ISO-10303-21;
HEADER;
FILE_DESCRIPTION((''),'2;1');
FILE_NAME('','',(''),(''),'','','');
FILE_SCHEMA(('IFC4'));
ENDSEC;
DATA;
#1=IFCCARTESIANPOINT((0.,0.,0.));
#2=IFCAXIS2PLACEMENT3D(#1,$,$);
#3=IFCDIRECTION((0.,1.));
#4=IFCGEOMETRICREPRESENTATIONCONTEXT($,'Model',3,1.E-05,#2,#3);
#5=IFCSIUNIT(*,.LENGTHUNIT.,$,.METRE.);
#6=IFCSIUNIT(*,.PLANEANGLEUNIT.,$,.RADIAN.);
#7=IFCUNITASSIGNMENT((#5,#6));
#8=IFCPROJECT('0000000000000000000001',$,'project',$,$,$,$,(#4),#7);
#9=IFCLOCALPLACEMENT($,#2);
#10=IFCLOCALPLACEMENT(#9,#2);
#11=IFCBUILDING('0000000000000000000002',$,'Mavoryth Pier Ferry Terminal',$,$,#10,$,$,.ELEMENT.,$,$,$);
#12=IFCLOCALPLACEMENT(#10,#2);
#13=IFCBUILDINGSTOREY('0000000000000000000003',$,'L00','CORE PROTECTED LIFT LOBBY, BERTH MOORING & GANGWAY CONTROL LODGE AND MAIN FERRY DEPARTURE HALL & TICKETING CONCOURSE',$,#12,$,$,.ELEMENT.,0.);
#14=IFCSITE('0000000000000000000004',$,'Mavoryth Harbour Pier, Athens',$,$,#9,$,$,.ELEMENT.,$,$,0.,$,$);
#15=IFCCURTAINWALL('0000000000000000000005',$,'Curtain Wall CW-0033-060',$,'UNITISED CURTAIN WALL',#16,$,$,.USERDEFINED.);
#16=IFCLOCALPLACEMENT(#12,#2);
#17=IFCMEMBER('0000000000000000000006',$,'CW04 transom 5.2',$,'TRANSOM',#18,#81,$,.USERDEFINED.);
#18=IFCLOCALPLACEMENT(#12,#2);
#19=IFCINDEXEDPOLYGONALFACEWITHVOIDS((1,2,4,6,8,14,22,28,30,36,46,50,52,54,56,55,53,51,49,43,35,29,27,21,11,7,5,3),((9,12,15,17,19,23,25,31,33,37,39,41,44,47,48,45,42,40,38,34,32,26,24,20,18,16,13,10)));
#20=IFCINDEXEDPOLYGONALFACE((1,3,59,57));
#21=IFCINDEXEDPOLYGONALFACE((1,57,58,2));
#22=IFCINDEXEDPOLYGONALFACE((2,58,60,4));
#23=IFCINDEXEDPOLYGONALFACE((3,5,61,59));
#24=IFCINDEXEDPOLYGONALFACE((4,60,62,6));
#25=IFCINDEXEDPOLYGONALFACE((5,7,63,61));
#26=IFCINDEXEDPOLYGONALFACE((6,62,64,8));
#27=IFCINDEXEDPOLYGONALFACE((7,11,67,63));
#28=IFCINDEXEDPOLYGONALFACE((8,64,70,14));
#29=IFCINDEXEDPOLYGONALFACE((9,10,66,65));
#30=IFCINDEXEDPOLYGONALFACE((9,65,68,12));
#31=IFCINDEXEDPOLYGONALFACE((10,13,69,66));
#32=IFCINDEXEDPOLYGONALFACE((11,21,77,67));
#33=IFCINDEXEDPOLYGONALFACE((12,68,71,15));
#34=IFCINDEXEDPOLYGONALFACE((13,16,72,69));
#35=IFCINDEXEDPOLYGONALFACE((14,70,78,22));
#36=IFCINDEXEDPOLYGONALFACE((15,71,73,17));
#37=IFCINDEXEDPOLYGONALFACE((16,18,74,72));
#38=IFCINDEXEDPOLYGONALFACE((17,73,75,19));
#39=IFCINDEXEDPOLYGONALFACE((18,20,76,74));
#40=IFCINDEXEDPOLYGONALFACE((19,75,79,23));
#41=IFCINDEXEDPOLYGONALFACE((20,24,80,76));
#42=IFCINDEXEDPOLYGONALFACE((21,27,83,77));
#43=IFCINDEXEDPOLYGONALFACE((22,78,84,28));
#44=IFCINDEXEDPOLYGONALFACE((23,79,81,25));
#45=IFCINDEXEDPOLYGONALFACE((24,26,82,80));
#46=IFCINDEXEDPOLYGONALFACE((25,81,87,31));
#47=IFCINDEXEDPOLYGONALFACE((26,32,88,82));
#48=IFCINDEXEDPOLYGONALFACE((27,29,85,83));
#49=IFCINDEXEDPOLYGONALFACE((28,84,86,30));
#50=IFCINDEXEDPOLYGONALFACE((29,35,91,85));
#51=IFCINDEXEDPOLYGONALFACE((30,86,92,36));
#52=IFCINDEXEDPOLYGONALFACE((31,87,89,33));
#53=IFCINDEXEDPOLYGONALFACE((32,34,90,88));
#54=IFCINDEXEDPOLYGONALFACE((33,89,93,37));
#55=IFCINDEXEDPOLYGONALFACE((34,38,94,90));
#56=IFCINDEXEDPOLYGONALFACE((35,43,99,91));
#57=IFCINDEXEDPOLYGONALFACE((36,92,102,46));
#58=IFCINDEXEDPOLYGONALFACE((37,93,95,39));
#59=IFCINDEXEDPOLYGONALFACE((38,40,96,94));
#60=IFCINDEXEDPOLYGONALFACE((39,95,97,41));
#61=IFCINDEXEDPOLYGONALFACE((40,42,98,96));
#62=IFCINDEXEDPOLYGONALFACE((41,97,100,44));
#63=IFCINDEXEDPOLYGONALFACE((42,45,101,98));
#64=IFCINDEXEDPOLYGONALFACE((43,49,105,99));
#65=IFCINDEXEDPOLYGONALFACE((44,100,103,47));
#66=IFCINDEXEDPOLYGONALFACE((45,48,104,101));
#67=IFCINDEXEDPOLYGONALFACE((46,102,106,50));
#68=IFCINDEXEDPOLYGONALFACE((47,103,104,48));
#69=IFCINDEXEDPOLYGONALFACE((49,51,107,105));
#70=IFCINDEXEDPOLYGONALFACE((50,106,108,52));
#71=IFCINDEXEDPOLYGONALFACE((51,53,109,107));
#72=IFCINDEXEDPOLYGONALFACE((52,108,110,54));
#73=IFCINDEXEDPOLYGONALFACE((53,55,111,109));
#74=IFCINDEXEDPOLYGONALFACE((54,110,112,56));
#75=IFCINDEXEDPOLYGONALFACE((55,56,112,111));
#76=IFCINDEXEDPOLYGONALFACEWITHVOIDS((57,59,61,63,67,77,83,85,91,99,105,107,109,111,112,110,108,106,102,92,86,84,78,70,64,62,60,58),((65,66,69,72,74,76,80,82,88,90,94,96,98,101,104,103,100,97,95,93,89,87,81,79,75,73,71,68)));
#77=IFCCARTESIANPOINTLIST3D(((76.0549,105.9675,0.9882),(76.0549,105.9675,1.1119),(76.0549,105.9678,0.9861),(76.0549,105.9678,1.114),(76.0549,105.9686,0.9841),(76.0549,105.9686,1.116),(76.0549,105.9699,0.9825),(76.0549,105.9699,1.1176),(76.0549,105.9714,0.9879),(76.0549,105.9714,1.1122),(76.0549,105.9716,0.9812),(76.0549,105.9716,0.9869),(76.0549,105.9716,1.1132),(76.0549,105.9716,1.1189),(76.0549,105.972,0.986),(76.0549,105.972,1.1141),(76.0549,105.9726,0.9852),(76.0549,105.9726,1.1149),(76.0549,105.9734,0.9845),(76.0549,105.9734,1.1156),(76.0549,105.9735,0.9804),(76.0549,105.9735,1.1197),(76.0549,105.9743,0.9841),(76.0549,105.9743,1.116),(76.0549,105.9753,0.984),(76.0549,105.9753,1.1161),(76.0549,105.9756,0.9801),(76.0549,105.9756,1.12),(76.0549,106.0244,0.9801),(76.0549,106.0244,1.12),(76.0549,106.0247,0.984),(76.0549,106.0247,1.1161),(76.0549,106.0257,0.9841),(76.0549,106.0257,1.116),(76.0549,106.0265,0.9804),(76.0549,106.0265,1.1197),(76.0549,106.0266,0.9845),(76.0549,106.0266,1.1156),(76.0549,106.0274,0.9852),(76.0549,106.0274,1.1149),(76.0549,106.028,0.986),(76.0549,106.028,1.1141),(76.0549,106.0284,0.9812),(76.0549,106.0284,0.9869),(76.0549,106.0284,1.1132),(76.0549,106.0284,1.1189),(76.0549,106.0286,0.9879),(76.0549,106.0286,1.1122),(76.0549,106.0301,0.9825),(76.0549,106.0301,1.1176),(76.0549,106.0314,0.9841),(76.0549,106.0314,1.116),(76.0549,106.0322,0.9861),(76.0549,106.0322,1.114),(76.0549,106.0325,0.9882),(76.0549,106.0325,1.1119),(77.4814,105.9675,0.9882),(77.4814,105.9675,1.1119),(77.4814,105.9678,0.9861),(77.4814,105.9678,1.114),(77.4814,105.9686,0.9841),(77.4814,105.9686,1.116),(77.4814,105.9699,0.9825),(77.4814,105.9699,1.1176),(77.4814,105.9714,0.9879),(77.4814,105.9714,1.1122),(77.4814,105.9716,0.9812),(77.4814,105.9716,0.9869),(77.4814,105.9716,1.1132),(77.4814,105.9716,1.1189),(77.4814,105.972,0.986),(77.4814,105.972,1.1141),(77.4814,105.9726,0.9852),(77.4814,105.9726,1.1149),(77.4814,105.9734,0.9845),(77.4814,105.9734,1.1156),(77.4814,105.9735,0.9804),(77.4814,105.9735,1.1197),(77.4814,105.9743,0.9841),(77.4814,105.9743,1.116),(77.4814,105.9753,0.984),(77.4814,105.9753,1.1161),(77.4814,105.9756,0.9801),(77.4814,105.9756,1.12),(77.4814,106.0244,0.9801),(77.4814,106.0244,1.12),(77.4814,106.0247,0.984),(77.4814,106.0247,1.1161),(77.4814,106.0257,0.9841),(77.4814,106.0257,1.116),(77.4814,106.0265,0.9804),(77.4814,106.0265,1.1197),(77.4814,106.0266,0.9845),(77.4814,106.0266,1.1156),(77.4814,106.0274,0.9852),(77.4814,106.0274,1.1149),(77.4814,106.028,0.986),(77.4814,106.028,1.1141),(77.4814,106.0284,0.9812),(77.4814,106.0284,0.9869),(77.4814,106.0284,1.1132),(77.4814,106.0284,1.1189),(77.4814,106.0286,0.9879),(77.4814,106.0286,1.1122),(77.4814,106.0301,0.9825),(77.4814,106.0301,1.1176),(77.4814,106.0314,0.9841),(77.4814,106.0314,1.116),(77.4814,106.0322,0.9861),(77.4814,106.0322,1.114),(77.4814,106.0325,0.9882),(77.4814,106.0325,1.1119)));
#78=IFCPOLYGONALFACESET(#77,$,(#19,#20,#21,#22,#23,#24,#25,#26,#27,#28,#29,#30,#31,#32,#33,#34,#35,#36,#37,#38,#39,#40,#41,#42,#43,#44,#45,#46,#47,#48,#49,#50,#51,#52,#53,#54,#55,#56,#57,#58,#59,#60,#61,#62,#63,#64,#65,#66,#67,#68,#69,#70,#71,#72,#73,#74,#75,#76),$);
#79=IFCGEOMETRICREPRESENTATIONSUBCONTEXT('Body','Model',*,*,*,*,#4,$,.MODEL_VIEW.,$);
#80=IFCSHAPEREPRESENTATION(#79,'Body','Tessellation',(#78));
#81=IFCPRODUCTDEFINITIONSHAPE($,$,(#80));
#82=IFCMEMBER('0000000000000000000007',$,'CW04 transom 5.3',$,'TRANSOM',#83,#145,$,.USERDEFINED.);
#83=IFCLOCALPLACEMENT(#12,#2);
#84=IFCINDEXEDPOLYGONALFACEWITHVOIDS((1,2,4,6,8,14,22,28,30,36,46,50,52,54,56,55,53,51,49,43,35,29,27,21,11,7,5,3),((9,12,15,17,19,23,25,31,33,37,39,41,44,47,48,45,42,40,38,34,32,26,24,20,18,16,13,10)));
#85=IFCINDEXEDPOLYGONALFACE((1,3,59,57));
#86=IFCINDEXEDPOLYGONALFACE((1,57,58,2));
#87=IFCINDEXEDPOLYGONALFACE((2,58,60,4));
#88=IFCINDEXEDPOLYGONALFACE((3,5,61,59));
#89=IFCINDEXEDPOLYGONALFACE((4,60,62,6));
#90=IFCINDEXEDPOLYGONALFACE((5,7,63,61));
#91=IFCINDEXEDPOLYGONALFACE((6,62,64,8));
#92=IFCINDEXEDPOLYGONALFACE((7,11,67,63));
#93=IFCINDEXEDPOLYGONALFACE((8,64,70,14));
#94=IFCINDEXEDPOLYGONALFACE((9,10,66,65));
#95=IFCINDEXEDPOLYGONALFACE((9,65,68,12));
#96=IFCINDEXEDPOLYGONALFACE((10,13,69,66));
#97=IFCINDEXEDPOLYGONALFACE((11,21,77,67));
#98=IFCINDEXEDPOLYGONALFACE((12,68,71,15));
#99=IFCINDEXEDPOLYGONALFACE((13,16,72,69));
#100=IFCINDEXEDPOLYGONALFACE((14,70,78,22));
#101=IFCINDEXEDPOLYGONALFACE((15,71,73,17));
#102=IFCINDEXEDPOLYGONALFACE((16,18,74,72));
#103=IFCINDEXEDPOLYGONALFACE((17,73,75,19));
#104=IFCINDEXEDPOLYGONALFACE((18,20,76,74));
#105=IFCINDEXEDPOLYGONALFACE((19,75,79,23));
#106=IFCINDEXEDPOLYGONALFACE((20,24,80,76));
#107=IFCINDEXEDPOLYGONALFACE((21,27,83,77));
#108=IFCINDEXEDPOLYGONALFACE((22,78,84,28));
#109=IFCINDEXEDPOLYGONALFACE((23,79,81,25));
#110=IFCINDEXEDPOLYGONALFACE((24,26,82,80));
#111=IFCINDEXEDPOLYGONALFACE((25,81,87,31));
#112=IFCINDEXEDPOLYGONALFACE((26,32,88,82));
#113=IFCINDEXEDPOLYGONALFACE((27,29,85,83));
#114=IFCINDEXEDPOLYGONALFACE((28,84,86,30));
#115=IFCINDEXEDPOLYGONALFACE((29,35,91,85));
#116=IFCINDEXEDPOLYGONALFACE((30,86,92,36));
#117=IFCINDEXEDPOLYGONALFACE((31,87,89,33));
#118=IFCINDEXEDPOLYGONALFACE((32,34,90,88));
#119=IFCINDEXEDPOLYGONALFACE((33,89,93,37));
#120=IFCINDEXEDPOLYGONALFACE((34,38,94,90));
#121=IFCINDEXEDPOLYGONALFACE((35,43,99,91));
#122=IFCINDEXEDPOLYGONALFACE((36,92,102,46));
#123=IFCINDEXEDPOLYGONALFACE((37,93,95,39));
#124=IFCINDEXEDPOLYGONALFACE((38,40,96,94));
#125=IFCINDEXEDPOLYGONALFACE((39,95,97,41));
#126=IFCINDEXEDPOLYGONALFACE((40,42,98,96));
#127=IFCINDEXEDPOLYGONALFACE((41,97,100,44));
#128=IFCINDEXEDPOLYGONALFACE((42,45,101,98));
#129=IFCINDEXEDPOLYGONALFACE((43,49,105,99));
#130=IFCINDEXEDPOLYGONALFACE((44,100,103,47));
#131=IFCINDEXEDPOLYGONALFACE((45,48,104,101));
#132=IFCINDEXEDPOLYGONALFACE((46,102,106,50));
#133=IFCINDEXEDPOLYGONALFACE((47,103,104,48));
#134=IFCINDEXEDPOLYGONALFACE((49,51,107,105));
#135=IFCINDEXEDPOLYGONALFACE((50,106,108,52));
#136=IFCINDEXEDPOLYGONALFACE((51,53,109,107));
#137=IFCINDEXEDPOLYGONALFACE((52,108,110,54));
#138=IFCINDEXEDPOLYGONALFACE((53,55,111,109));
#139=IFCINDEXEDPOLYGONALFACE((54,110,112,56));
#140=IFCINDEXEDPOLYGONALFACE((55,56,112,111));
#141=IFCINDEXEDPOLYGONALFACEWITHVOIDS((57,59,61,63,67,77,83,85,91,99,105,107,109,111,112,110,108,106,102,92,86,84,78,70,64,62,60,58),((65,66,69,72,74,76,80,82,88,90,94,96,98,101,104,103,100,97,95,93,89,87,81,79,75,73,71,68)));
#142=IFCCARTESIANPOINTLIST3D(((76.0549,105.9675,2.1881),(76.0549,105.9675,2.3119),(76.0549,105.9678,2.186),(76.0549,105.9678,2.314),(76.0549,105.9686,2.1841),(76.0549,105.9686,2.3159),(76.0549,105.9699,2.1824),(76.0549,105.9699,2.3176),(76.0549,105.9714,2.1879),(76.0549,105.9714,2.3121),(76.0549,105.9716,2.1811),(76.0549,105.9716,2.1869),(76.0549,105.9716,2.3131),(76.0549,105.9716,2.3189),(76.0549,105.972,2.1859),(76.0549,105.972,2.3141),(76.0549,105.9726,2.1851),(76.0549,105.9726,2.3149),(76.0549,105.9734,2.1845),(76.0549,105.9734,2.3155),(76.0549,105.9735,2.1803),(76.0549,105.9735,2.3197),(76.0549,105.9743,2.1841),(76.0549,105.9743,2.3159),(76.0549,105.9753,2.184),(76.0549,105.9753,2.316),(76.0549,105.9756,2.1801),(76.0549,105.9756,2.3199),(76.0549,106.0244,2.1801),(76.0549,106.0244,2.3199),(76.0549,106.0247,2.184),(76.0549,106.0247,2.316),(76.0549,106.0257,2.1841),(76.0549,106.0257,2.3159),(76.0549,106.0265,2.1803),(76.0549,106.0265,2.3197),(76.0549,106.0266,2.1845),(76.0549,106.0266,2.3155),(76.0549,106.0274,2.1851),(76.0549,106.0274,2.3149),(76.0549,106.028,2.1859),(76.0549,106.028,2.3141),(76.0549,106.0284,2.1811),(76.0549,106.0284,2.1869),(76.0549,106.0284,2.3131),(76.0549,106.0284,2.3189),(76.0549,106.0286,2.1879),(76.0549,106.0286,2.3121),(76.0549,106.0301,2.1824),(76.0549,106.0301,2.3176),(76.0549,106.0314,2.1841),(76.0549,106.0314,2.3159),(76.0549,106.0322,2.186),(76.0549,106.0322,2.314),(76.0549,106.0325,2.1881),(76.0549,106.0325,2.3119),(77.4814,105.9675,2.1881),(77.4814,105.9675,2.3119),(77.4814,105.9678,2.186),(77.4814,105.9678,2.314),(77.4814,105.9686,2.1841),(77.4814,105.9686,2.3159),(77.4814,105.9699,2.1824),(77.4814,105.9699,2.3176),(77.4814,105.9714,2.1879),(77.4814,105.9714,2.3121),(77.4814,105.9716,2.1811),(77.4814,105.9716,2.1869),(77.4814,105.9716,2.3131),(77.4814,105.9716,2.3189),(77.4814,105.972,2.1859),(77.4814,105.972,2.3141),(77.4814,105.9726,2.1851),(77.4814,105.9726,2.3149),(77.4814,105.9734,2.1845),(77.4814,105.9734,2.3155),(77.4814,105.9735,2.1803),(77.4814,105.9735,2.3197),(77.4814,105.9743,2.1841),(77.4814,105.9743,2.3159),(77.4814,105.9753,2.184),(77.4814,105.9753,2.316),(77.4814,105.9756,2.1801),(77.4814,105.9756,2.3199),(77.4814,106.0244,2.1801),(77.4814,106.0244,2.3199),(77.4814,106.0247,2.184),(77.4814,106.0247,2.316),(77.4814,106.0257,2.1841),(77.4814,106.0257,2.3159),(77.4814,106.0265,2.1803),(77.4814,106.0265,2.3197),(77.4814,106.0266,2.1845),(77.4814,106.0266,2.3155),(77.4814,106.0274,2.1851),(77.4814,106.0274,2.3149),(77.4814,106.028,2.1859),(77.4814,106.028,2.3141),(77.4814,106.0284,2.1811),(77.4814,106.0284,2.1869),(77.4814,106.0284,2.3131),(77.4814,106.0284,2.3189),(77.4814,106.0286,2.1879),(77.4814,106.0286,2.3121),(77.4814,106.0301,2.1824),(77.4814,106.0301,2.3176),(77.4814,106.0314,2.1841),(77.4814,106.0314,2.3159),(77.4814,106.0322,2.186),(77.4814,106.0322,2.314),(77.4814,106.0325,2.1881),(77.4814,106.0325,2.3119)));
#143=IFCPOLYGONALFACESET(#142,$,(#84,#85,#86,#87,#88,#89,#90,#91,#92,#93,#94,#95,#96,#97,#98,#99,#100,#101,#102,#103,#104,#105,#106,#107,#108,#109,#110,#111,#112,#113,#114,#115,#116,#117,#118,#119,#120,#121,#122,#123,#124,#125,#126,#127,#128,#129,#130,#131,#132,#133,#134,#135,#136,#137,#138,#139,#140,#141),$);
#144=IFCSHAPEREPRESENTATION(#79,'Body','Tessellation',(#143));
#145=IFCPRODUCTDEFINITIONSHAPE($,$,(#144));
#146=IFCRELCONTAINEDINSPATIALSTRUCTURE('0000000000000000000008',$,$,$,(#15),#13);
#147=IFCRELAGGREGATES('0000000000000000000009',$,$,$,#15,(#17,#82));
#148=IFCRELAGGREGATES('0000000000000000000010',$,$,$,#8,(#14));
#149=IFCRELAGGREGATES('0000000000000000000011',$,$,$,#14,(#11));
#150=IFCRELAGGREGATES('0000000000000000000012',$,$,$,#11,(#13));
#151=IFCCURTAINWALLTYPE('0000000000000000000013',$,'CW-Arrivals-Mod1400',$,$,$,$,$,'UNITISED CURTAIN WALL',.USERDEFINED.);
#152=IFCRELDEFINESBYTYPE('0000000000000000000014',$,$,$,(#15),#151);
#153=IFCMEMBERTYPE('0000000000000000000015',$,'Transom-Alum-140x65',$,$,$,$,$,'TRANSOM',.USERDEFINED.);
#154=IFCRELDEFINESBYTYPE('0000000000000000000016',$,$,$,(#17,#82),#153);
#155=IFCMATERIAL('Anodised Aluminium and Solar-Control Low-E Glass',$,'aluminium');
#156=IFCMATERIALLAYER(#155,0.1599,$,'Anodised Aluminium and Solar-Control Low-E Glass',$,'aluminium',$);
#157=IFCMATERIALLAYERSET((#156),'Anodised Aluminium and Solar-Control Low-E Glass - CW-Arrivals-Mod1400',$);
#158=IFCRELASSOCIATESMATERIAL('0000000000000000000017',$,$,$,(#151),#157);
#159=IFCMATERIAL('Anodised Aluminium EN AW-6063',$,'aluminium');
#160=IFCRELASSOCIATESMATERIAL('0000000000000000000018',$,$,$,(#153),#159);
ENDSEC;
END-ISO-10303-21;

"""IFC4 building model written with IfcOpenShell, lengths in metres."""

from ifc_helpers import new_model, si_unit, direction, frame, origin, origin_2d, place, context, subcontext, project, spatial, hollow_rectangle, extrude, material, layer, layer_set, material_profile, profile_set, type_object, element, aggregate, save


model = new_model("IFC4")

# Units and contexts
model_context = context("Model", 3, precision=1e-05, world=origin(), true_north=direction((0.0, 1.0)))
body_context = subcontext(model_context, "Body", "Model", "MODEL_VIEW")
ifc_project = project(units=[si_unit("LENGTHUNIT", "METRE"), si_unit("PLANEANGLEUNIT", "RADIAN")], contexts=[model_context])

# Site, building, storey
site_placement = place(None, origin())
site = spatial("IfcSite", under=ifc_project, at=site_placement, Name="Mavoryth Harbour Pier, Athens", CompositionType="ELEMENT", RefElevation=0.0)
building_placement = place(site_placement, origin())
building = spatial("IfcBuilding", under=site, at=building_placement, Name="Mavoryth Pier Ferry Terminal", CompositionType="ELEMENT")
storey_placement = place(building_placement, origin())
storey = spatial("IfcBuildingStorey", under=building, at=storey_placement, Name="L00", Description="CORE PROTECTED LIFT LOBBY, BERTH MOORING & GANGWAY CONTROL LODGE AND MAIN FERRY DEPARTURE HALL & TICKETING CONCOURSE", CompositionType="ELEMENT", Elevation=0.0)

# Curtain wall, members
ifc_material_1 = material(Name="Anodised Aluminium and Solar-Control Low-E Glass", Category="aluminium")
ifc_layer_1 = layer(ifc_material_1, 0.1599, Name="Anodised Aluminium and Solar-Control Low-E Glass", Category="aluminium")
ifc_layer_set_1 = layer_set([ifc_layer_1], Name="Anodised Aluminium and Solar-Control Low-E Glass - CW-Arrivals-Mod1400")
curtain_wall_type = type_object("IfcCurtainWallType", Name="CW-Arrivals-Mod1400", ElementType="UNITISED CURTAIN WALL", PredefinedType="USERDEFINED", material=ifc_layer_set_1)
curtain_wall_placement = place(storey_placement, origin())
curtain_wall = element("IfcCurtainWall", 1, at=curtain_wall_placement, inside=storey, type_object=curtain_wall_type, Name="Curtain Wall CW-0033-060", ObjectType="UNITISED CURTAIN WALL", PredefinedType="USERDEFINED")
ifc_material_2 = material(Name="Anodised Aluminium EN AW-6063", Category="aluminium")
ifc_material_profile_1 = material_profile(ifc_material_2, hollow_rectangle(XDim=0.0649, YDim=0.1399, WallThickness=0.0039, InnerFilletRadius=0.0039, OuterFilletRadius=0.0081, at=origin_2d()), Name="AL-TRAN 140x65x4", Category="aluminium")
ifc_profile_set_1 = profile_set([ifc_material_profile_1], Name="Anodised Aluminium EN AW-6063 - AL-TRAN 140x65x4")
member_type_1 = type_object("IfcMemberType", Name="Transom-Alum-140x65", ElementType="TRANSOM", PredefinedType="USERDEFINED", material=ifc_profile_set_1)
member_1_placement = place(storey_placement, frame((77.4814, 106.0, 1.05), z_axis=(-1.0, 0.0, 0.0), x_axis=(0.0, -1.0, 0.0)))
member_1 = element("IfcMember", 2, at=member_1_placement, type_object=member_type_1, Name="CW04 transom 5.2", ObjectType="TRANSOM", PredefinedType="USERDEFINED", context=body_context, shape_type="SweptSolid", body=[
    extrude(hollow_rectangle(XDim=0.0649, YDim=0.1399, WallThickness=0.0039, InnerFilletRadius=0.0039, OuterFilletRadius=0.0081, at=origin_2d()), origin(), (0.0, 0.0, 1.0), 1.4265),
])
member_2_placement = place(storey_placement, frame((77.4814, 106.0, 2.25), z_axis=(-1.0, 0.0, 0.0), x_axis=(0.0, -1.0, 0.0)))
member_2 = element("IfcMember", 3, at=member_2_placement, type_object=member_type_1, Name="CW04 transom 5.3", ObjectType="TRANSOM", PredefinedType="USERDEFINED", context=body_context, shape_type="SweptSolid", body=[
    extrude(hollow_rectangle(XDim=0.0649, YDim=0.1399, WallThickness=0.0039, InnerFilletRadius=0.0039, OuterFilletRadius=0.0081, at=origin_2d()), origin(), (0.0, 0.0, 1.0), 1.4265),
])
aggregate(curtain_wall, [member_1, member_2])

save(model, "model.ifc")
